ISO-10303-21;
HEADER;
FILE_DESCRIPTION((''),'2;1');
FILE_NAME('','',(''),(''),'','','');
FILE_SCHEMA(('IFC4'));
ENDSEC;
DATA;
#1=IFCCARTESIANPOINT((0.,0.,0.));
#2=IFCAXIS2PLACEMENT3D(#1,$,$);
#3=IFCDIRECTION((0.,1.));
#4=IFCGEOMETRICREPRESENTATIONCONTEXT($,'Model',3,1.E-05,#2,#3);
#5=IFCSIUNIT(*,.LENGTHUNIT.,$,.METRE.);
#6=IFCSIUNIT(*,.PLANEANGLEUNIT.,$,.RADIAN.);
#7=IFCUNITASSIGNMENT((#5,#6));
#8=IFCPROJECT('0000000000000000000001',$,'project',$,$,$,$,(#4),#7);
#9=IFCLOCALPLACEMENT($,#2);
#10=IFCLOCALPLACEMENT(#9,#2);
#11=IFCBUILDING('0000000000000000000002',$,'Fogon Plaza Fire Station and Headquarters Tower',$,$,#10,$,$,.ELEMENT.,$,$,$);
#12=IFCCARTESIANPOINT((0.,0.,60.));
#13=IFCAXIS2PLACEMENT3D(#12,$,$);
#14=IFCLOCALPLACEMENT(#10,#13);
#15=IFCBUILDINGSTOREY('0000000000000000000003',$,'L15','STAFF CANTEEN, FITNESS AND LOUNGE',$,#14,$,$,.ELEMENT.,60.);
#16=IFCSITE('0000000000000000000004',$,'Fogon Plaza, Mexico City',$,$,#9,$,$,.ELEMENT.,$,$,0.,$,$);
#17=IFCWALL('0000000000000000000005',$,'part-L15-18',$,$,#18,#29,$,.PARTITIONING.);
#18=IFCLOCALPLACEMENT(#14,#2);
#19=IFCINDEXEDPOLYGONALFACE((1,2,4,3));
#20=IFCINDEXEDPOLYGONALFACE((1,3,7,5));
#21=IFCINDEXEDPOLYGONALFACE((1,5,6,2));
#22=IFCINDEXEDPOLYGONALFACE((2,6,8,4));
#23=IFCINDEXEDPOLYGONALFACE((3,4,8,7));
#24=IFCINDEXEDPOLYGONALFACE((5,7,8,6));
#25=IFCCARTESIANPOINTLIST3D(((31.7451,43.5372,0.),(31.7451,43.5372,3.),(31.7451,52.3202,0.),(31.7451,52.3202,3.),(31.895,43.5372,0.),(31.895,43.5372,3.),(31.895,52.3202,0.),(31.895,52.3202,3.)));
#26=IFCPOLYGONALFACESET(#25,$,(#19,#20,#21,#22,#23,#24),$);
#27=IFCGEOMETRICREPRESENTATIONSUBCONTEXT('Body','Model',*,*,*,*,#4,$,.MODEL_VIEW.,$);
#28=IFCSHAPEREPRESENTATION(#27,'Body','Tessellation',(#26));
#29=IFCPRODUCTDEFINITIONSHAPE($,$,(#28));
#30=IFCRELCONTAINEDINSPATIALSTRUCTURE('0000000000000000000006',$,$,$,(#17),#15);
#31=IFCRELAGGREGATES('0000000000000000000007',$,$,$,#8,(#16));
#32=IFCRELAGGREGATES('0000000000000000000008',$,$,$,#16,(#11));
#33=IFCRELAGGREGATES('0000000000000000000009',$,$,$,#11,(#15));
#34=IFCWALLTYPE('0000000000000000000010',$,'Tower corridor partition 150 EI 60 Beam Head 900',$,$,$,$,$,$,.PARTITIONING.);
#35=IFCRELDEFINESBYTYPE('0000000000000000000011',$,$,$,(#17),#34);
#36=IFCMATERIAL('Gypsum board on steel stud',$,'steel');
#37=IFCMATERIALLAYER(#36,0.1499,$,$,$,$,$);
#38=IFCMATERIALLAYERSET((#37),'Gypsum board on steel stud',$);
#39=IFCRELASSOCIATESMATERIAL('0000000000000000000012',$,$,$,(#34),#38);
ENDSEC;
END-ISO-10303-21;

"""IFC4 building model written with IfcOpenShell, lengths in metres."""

from ifc_helpers import new_model, si_unit, direction, frame, frame_2d, origin, place, context, subcontext, project, spatial, rectangle, extrude, material, layer, layer_set, type_object, element, save


model = new_model("IFC4")

# Units and contexts
model_context = context("Model", 3, precision=1e-05, world=origin(), true_north=direction((0.0, 1.0)))
body_context = subcontext(model_context, "Body", "Model", "MODEL_VIEW")
ifc_project = project(units=[si_unit("LENGTHUNIT", "METRE"), si_unit("PLANEANGLEUNIT", "RADIAN")], contexts=[model_context])

# Site, building, storey
site_placement = place(None, origin())
site = spatial("IfcSite", under=ifc_project, at=site_placement, Name="Fogon Plaza, Mexico City", CompositionType="ELEMENT", RefElevation=0.0)
building_placement = place(site_placement, origin())
building = spatial("IfcBuilding", under=site, at=building_placement, Name="Fogon Plaza Fire Station and Headquarters Tower", CompositionType="ELEMENT")
storey_placement = place(building_placement, frame((0.0, 0.0, 60.0)))
storey = spatial("IfcBuildingStorey", under=building, at=storey_placement, Name="L15", Description="STAFF CANTEEN, FITNESS AND LOUNGE", CompositionType="ELEMENT", Elevation=60.0)

# Wall
ifc_material_1 = material(Name="Gypsum board on steel stud", Category="steel")
ifc_layer_1 = layer(ifc_material_1, 0.1499)
ifc_layer_set_1 = layer_set([ifc_layer_1], Name="Gypsum board on steel stud")
wall_type_1 = type_object("IfcWallType", Name="Tower corridor partition 150 EI 60 Beam Head 900", PredefinedType="PARTITIONING", material=ifc_layer_set_1)
wall_1_placement = place(storey_placement, frame((31.8201, 43.5371, 0.0), z_axis=(0.0, 0.0, 1.0), x_axis=(0.0, 1.0, 0.0)))
element("IfcWall", 1, at=wall_1_placement, inside=storey, type_object=wall_type_1, Name="part-L15-18", PredefinedType="PARTITIONING", context=body_context, shape_type="SweptSolid", body=[
    extrude(rectangle(XDim=8.783, YDim=0.1499, at=frame_2d((4.3916, 0.0))), origin(), (0.0, 0.0, 1.0), 3.0),
])

save(model, "model.ifc")
